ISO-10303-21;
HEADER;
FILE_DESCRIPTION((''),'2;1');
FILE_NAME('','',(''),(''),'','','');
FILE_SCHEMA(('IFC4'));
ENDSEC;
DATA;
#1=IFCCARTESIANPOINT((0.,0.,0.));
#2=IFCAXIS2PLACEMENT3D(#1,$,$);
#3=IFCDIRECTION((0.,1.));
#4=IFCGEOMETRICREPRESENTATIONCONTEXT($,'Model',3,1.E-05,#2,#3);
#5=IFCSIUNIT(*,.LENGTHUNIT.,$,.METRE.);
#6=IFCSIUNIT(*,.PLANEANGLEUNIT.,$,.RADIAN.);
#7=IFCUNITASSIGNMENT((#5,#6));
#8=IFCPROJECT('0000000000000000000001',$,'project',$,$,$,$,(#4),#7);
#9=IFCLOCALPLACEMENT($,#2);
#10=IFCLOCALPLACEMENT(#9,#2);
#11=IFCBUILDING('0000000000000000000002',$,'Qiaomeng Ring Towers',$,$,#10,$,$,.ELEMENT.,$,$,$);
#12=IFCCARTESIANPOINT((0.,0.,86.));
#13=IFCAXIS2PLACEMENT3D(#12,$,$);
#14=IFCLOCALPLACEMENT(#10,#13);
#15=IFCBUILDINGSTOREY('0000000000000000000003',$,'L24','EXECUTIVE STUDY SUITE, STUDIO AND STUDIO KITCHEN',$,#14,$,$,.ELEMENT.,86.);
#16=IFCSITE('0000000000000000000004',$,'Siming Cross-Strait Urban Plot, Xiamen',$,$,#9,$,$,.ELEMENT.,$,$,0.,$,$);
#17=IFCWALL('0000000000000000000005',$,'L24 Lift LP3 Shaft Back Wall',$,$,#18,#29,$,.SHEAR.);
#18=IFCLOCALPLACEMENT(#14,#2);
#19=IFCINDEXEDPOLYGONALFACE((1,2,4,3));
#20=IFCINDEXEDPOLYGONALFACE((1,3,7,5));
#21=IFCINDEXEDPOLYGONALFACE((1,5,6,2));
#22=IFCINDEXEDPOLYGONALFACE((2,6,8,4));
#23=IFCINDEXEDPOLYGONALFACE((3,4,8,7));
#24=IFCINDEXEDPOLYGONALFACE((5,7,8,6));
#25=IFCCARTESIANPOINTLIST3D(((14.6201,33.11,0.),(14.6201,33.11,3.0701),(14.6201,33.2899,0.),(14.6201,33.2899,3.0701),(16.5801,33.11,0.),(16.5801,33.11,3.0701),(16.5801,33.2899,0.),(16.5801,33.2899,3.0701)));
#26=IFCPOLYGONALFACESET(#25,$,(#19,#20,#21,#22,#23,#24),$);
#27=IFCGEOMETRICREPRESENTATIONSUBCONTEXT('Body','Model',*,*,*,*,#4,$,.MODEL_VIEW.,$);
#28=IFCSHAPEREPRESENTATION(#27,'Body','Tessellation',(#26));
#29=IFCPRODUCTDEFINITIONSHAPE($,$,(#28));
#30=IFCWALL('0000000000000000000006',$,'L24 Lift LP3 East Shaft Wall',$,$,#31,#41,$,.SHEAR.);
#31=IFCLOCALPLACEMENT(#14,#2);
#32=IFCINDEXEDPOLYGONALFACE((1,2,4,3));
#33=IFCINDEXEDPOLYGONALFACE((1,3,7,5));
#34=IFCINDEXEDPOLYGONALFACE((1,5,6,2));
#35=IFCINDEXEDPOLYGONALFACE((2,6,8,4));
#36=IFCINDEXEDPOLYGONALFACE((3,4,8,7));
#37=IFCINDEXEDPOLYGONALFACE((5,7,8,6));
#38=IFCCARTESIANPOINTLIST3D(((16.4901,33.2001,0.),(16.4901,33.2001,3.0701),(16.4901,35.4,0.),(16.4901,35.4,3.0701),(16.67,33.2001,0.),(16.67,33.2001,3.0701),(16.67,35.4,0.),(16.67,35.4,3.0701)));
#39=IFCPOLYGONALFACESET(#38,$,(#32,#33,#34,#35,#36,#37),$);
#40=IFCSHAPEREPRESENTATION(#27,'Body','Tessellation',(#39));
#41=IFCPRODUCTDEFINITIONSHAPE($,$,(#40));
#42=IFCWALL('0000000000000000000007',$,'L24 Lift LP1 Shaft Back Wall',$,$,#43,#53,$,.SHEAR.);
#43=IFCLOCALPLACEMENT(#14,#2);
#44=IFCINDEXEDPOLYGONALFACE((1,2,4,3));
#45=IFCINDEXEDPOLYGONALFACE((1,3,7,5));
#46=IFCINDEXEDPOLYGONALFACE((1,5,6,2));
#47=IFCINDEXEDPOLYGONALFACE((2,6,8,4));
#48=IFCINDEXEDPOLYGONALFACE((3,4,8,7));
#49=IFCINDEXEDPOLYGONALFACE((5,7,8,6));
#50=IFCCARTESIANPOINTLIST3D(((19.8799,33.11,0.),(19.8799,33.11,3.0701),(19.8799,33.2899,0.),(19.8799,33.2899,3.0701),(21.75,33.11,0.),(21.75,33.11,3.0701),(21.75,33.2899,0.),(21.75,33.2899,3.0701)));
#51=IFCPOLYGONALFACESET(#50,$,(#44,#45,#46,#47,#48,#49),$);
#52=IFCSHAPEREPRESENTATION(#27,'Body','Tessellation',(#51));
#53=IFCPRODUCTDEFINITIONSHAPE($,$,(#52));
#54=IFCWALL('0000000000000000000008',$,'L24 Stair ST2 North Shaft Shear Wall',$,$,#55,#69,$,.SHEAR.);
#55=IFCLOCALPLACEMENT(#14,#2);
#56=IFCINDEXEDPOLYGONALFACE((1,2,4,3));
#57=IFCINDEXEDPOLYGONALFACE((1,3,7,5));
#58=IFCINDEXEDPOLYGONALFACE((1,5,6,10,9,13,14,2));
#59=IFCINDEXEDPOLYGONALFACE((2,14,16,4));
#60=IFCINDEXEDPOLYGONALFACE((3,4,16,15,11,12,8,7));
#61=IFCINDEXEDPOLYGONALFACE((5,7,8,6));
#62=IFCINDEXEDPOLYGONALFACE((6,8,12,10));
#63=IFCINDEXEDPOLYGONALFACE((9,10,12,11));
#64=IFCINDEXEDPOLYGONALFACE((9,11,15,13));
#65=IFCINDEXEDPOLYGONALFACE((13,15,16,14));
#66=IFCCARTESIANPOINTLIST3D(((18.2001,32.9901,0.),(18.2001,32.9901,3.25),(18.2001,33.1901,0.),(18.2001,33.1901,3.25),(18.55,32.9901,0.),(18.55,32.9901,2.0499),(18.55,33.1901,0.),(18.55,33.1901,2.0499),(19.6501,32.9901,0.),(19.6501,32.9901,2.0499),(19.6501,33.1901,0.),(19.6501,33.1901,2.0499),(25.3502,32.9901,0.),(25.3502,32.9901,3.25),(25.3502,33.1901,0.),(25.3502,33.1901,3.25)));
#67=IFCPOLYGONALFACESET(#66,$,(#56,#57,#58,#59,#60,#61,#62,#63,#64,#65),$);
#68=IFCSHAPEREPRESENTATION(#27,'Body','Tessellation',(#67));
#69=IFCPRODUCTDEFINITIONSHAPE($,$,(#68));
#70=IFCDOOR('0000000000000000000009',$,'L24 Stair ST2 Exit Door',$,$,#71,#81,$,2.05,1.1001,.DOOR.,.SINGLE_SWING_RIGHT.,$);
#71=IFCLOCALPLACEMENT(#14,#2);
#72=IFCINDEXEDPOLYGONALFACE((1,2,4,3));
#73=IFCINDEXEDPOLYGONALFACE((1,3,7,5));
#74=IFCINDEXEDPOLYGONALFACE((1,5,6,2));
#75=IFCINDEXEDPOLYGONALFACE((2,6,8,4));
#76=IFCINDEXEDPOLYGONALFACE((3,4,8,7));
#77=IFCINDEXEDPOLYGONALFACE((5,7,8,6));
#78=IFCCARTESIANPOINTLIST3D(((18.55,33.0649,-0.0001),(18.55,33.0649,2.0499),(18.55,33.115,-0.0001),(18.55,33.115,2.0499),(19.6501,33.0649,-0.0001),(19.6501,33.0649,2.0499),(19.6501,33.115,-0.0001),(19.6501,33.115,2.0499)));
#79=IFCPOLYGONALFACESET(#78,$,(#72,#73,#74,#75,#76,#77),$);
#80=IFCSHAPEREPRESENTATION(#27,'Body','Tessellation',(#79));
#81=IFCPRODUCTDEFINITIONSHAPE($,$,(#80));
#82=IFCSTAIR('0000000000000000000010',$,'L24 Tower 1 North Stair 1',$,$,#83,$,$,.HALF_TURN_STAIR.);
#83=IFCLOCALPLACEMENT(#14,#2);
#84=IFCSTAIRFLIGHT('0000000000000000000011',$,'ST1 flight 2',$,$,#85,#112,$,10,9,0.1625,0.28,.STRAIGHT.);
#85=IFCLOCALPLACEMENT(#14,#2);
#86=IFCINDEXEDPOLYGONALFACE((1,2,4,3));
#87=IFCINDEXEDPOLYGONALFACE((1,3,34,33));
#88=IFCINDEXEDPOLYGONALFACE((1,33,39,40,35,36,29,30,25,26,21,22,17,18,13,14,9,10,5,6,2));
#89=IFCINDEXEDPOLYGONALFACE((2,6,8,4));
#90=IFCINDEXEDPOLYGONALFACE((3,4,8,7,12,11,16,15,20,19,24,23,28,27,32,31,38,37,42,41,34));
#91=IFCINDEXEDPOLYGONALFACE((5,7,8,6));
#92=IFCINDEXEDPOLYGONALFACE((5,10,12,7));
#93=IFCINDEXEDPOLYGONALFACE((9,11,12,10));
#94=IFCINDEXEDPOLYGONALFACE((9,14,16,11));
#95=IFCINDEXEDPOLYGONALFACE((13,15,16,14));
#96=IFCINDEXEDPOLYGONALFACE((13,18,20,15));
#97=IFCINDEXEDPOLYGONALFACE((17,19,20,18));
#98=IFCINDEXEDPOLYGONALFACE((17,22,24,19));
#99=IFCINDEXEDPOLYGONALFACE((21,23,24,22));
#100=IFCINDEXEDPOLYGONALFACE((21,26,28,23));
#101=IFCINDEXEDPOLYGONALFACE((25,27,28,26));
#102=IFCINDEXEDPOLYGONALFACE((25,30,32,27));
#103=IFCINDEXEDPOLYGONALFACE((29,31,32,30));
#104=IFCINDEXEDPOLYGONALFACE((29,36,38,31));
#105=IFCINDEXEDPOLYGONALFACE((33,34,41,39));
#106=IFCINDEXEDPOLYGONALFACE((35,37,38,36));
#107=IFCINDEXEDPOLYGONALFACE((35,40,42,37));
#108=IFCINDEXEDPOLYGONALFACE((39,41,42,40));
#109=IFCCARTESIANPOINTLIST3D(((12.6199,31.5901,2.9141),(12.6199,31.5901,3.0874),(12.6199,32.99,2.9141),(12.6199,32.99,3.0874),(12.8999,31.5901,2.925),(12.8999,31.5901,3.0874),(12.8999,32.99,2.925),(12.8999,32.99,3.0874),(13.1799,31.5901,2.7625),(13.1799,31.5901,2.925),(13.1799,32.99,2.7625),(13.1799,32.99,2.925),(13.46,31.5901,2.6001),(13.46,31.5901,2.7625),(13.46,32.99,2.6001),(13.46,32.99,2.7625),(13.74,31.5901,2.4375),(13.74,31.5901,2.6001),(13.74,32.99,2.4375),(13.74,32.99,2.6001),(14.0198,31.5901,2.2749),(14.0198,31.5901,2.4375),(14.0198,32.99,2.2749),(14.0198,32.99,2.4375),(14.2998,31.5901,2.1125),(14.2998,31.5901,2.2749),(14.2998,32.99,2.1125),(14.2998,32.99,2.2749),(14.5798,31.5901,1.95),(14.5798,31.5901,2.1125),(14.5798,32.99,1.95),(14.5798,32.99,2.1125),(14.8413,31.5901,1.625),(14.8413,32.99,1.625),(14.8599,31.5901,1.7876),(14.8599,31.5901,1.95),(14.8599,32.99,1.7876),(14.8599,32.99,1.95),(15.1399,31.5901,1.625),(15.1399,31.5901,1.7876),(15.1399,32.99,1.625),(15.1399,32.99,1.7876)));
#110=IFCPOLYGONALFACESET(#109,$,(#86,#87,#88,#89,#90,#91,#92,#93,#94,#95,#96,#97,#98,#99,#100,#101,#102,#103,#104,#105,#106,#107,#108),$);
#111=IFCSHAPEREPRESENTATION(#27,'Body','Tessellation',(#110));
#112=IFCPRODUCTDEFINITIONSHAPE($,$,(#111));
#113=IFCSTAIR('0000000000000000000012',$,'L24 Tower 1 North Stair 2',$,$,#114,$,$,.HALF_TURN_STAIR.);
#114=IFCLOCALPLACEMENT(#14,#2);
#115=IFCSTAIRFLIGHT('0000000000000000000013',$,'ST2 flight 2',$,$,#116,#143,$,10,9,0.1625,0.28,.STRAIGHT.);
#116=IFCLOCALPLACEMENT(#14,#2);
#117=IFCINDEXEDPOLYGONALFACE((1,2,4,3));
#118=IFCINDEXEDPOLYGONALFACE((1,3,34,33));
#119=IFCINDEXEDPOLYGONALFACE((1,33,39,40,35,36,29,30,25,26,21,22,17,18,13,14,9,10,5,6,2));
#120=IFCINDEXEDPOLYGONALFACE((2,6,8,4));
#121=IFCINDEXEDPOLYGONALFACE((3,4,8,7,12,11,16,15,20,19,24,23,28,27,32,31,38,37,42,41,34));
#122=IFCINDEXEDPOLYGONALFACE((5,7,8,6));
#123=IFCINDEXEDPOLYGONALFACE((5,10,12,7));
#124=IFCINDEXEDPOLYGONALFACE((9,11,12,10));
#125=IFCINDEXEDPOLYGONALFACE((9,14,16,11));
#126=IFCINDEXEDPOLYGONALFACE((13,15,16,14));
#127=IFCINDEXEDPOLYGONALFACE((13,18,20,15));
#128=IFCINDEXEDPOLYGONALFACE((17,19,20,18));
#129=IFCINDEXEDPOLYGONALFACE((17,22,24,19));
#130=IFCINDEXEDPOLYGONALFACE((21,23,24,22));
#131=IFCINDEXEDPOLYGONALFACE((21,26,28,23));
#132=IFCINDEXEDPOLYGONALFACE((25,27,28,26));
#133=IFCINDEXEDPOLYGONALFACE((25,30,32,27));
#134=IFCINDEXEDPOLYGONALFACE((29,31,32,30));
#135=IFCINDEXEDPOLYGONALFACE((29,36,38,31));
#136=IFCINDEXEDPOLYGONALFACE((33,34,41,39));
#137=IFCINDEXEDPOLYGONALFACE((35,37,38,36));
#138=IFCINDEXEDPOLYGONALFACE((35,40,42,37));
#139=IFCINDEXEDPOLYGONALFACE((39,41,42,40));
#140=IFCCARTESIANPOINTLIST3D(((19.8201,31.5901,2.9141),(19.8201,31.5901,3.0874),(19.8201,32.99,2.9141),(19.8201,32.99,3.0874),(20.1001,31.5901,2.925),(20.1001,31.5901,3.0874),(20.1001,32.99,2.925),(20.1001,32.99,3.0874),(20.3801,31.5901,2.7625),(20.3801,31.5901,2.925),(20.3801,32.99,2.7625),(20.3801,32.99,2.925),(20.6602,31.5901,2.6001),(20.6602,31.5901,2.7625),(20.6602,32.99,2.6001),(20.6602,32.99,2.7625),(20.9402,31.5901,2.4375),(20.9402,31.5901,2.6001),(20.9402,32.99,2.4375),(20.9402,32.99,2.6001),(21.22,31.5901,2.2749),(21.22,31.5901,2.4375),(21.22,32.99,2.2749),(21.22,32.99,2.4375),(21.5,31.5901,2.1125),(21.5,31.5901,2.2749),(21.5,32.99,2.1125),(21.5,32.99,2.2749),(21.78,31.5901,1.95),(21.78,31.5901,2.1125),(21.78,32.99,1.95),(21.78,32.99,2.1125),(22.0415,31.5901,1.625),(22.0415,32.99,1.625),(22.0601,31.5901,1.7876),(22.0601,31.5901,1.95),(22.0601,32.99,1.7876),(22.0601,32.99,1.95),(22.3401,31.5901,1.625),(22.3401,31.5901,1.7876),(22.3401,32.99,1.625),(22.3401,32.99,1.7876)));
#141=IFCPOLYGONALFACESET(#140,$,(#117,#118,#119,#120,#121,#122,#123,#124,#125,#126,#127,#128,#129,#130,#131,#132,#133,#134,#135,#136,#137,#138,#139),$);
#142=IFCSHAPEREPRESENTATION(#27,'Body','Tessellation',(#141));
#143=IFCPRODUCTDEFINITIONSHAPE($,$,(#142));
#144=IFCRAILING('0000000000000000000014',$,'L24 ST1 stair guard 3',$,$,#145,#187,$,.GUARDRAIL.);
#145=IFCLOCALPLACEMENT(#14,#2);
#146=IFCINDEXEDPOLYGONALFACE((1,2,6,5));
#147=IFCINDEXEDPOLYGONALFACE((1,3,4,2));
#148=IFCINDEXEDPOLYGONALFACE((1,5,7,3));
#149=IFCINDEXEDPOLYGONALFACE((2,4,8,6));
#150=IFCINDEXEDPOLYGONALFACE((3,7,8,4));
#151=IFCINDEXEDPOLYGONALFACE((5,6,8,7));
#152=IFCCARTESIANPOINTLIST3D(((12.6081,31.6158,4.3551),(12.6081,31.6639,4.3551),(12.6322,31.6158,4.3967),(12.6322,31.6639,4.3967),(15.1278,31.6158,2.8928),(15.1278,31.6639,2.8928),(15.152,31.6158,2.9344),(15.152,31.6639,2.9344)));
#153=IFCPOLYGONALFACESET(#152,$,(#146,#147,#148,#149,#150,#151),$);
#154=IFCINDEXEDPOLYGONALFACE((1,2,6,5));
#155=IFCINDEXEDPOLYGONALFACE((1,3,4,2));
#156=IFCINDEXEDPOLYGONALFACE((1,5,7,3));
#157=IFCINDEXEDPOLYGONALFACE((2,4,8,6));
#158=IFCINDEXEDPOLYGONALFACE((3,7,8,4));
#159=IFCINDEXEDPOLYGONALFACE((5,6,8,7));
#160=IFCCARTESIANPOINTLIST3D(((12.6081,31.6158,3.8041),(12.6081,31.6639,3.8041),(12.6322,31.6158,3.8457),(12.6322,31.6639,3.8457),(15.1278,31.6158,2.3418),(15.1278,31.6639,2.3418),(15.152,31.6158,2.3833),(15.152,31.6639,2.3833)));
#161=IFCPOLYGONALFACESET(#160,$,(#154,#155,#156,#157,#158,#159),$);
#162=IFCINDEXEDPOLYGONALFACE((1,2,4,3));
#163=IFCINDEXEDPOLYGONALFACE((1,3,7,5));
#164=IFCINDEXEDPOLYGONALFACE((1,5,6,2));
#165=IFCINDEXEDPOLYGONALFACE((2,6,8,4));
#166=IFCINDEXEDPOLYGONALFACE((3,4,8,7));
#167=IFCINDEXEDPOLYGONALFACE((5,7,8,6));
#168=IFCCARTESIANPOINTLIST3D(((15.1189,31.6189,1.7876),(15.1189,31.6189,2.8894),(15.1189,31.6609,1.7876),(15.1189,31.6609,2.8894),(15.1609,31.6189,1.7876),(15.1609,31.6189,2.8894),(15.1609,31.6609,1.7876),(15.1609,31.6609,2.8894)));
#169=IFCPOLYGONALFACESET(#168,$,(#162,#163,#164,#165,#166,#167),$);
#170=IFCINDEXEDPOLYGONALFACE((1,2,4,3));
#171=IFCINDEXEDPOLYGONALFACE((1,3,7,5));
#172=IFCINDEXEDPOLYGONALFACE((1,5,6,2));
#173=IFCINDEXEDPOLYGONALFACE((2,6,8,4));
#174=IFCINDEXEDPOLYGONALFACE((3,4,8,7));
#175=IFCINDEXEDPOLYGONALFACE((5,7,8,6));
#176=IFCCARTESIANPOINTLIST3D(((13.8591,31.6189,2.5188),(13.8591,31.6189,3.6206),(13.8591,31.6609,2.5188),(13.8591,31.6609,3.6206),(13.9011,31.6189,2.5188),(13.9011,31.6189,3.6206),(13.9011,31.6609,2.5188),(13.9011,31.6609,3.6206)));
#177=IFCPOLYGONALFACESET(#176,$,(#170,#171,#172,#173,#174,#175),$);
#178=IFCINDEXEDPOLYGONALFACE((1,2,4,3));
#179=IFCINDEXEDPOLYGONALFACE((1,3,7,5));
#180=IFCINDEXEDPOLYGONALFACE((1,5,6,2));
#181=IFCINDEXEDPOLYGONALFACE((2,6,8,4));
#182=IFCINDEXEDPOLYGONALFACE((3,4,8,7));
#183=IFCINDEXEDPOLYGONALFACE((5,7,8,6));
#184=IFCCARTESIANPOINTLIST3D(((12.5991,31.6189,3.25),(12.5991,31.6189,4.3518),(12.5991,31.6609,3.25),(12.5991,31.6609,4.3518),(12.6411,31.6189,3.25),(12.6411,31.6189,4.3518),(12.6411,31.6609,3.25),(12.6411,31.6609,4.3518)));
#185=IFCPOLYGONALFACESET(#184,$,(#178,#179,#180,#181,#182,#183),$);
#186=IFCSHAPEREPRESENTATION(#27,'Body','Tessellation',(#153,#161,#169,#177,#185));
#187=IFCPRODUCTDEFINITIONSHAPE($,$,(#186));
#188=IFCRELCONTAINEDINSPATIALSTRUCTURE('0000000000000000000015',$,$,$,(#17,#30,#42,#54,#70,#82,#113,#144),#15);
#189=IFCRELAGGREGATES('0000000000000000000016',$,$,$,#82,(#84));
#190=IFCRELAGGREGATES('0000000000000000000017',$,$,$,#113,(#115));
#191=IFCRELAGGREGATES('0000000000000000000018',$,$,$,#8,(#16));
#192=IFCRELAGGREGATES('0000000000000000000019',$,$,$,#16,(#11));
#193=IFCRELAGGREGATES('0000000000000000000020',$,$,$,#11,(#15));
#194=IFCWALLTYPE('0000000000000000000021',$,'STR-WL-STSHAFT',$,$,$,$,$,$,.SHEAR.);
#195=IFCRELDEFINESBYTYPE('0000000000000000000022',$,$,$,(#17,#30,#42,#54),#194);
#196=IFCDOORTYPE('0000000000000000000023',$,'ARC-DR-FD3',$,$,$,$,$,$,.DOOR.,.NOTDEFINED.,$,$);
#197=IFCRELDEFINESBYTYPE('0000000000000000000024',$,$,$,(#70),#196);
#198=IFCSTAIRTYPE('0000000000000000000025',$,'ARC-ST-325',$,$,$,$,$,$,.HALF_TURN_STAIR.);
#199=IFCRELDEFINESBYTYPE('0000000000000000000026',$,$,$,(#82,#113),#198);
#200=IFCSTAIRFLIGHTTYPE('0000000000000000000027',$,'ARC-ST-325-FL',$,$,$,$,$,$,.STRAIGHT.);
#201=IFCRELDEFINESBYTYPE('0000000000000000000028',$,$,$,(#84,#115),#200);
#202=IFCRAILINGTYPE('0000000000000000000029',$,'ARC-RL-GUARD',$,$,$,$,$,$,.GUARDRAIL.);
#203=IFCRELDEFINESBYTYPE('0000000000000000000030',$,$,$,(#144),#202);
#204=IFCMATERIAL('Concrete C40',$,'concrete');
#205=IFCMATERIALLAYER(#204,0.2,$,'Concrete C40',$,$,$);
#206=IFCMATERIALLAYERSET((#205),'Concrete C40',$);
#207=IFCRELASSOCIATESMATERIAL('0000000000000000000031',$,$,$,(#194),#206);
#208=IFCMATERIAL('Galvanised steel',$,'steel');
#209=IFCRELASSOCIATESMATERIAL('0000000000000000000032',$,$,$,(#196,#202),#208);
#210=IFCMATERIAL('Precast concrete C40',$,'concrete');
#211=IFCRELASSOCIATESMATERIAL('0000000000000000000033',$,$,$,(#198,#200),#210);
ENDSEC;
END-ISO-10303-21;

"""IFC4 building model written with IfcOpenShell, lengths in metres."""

from ifc_helpers import new_model, si_unit, direction, frame, frame_2d, origin, origin_2d, place, context, subcontext, project, spatial, polyline, rectangle, outline, extrude, source, transform, mapped, material, layer, layer_set, type_object, element, fill, aggregate, save


model = new_model("IFC4")

# Units and contexts
model_context = context("Model", 3, precision=1e-05, world=origin(), true_north=direction((0.0, 1.0)))
body_context = subcontext(model_context, "Body", "Model", "MODEL_VIEW")
ifc_project = project(units=[si_unit("LENGTHUNIT", "METRE"), si_unit("PLANEANGLEUNIT", "RADIAN")], contexts=[model_context])

# Site, building, storey
site_placement = place(None, origin())
site = spatial("IfcSite", under=ifc_project, at=site_placement, Name="Siming Cross-Strait Urban Plot, Xiamen", CompositionType="ELEMENT", RefElevation=0.0)
building_placement = place(site_placement, origin())
building = spatial("IfcBuilding", under=site, at=building_placement, Name="Qiaomeng Ring Towers", CompositionType="ELEMENT")
storey_placement = place(building_placement, frame((0.0, 0.0, 86.0)))
storey = spatial("IfcBuildingStorey", under=building, at=storey_placement, Name="L24", Description="EXECUTIVE STUDY SUITE, STUDIO AND STUDIO KITCHEN", CompositionType="ELEMENT", Elevation=86.0)

# Walls
ifc_material_1 = material(Name="Concrete C40", Category="concrete")
ifc_layer_1 = layer(ifc_material_1, 0.2, Name="Concrete C40")
ifc_layer_set_1 = layer_set([ifc_layer_1], Name="Concrete C40")
wall_type_1 = type_object("IfcWallType", Name="STR-WL-STSHAFT", PredefinedType="SHEAR", material=ifc_layer_set_1)
wall_1_placement = place(storey_placement, frame((14.6201, 33.2, 0.0), z_axis=(0.0, 0.0, 1.0), x_axis=(1.0, 0.0, 0.0)))
element("IfcWall", 1, at=wall_1_placement, inside=storey, type_object=wall_type_1, Name="L24 Lift LP3 Shaft Back Wall", PredefinedType="SHEAR", context=body_context, shape_type="SweptSolid", body=[
    extrude(rectangle(XDim=1.96, YDim=0.1799, at=frame_2d((0.98, 0.0))), origin(), (0.0, 0.0, 1.0), 3.0701),
])
wall_2_placement = place(storey_placement, frame((16.5801, 33.2, 0.0), z_axis=(0.0, 0.0, 1.0), x_axis=(0.0, 1.0, 0.0)))
element("IfcWall", 2, at=wall_2_placement, inside=storey, type_object=wall_type_1, Name="L24 Lift LP3 East Shaft Wall", PredefinedType="SHEAR", context=body_context, shape_type="SweptSolid", body=[
    extrude(rectangle(XDim=2.2, YDim=0.1799, at=frame_2d((1.1001, 0.0))), origin(), (0.0, 0.0, 1.0), 3.0701),
])
wall_3_placement = place(storey_placement, frame((19.8799, 33.2, 0.0), z_axis=(0.0, 0.0, 1.0), x_axis=(1.0, 0.0, 0.0)))
element("IfcWall", 3, at=wall_3_placement, inside=storey, type_object=wall_type_1, Name="L24 Lift LP1 Shaft Back Wall", PredefinedType="SHEAR", context=body_context, shape_type="SweptSolid", body=[
    extrude(rectangle(XDim=1.8701, YDim=0.1799, at=frame_2d((0.9351, 0.0))), origin(), (0.0, 0.0, 1.0), 3.0701),
])

# Wall, opening, door
wall_4_placement = place(storey_placement, frame((18.2, 33.0901, 0.0), z_axis=(0.0, 0.0, 1.0), x_axis=(1.0, 0.0, 0.0)))
wall_4 = element("IfcWall", 4, at=wall_4_placement, inside=storey, type_object=wall_type_1, Name="L24 Stair ST2 North Shaft Shear Wall", PredefinedType="SHEAR", context=body_context, shape_type="SweptSolid", body=[
    extrude(rectangle(XDim=7.1501, YDim=0.2, at=frame_2d((3.5752, 0.0))), origin(), (0.0, 0.0, 1.0), 3.25),
])
opening_placement = place(wall_4_placement, frame((0.3501, 0.0, 0.0)))
opening = element("IfcOpeningElement", 5, at=opening_placement, cuts=wall_4, PredefinedType="OPENING", context=body_context, shape_type="SweptSolid", body=[
    extrude(rectangle(XDim=1.1001, YDim=2.05, at=frame_2d((0.55, 1.0249))), frame((0.0, 0.1099, 0.0), z_axis=(0.0, -1.0, 0.0), x_axis=(1.0, 0.0, 0.0)), (0.0, 0.0, 1.0), 0.22),
])
ifc_material_2 = material(Name="Galvanised steel", Category="steel")
door_type = type_object("IfcDoorType", Name="ARC-DR-FD3", OperationType="NOTDEFINED", PredefinedType="DOOR", material=ifc_material_2)
shared_shape_1 = source(origin(), body_context, "Body", "SweptSolid", [
    extrude(rectangle(XDim=1.1001, YDim=2.05, at=frame_2d((0.55, 1.0249))), frame((0.0, 0.0249, 0.0), z_axis=(0.0, -1.0, 0.0), x_axis=(1.0, 0.0, 0.0)), (0.0, 0.0, 1.0), 0.05),
])
door_placement = place(opening_placement, origin())
door = element("IfcDoor", 6, at=door_placement, inside=storey, type_object=door_type, Name="L24 Stair ST2 Exit Door", OperationType="SINGLE_SWING_RIGHT", OverallHeight=2.05, OverallWidth=1.1001, PredefinedType="DOOR", context=body_context, shape_type="MappedRepresentation", body=[
    mapped(shared_shape_1, transform((0.0, 0.0, 0.0), x_axis=(1.0, 0.0, 0.0), y_axis=(0.0, 1.0, 0.0), z_axis=(0.0, 0.0, 1.0), scale=1.0)),
])
fill(opening, door)

# Stairs, stair flights
ifc_material_3 = material(Name="Precast concrete C40", Category="concrete")
stair_type = type_object("IfcStairType", Name="ARC-ST-325", PredefinedType="HALF_TURN_STAIR", material=ifc_material_3)
stair_1_placement = place(storey_placement, origin())
stair_1 = element("IfcStair", 7, at=stair_1_placement, inside=storey, type_object=stair_type, Name="L24 Tower 1 North Stair 1", PredefinedType="HALF_TURN_STAIR")
stair_flight_type = type_object("IfcStairFlightType", Name="ARC-ST-325-FL", PredefinedType="STRAIGHT", material=ifc_material_3)
shared_shape_2 = source(origin(), body_context, "Body", "SweptSolid", [
    extrude(outline(polyline([(0.0, 0.0), (0.0, 0.1626), (0.28, 0.1626), (0.28, 0.325), (0.5601, 0.325), (0.5601, 0.4875), (0.8401, 0.4875), (0.8401, 0.6499), (1.1201, 0.6499), (1.1201, 0.8125), (1.3999, 0.8125), (1.3999, 0.9751), (1.6799, 0.9751), (1.6799, 1.1375), (1.96, 1.1375), (1.96, 1.3), (2.24, 1.3), (2.24, 1.4624), (2.52, 1.4624), (2.52, 1.625), (2.52, 1.2891), (0.2986, 0.0), (0.0, 0.0)])), frame((0.0, 0.7, 0.0), z_axis=(0.0, -1.0, 0.0), x_axis=(1.0, 0.0, 0.0)), (0.0, 0.0, 1.0), 1.3999),
])
stair_flight_1_placement = place(storey_placement, frame((15.1399, 32.29, 1.625), z_axis=(0.0, 0.0, 1.0), x_axis=(-1.0, 0.0, 0.0)))
stair_flight_1 = element("IfcStairFlight", 8, at=stair_flight_1_placement, type_object=stair_flight_type, Name="ST1 flight 2", NumberOfRisers=10, NumberOfTreads=9, PredefinedType="STRAIGHT", RiserHeight=0.1625, TreadLength=0.28, context=body_context, shape_type="MappedRepresentation", body=[
    mapped(shared_shape_2, transform((0.0, 0.0, 0.0), x_axis=(1.0, 0.0, 0.0), y_axis=(0.0, 1.0, 0.0), z_axis=(0.0, 0.0, 1.0), scale=1.0)),
])
aggregate(stair_1, [stair_flight_1])
stair_2_placement = place(storey_placement, origin())
stair_2 = element("IfcStair", 9, at=stair_2_placement, inside=storey, type_object=stair_type, Name="L24 Tower 1 North Stair 2", PredefinedType="HALF_TURN_STAIR")
stair_flight_2_placement = place(storey_placement, frame((22.3401, 32.29, 1.625), z_axis=(0.0, 0.0, 1.0), x_axis=(-1.0, 0.0, 0.0)))
stair_flight_2 = element("IfcStairFlight", 10, at=stair_flight_2_placement, type_object=stair_flight_type, Name="ST2 flight 2", NumberOfRisers=10, NumberOfTreads=9, PredefinedType="STRAIGHT", RiserHeight=0.1625, TreadLength=0.28, context=body_context, shape_type="MappedRepresentation", body=[
    mapped(shared_shape_2, transform((0.0, 0.0, 0.0), x_axis=(1.0, 0.0, 0.0), y_axis=(0.0, 1.0, 0.0), z_axis=(0.0, 0.0, 1.0), scale=1.0)),
])
aggregate(stair_2, [stair_flight_2])

# Railing
railing_type_1 = type_object("IfcRailingType", Name="ARC-RL-GUARD", PredefinedType="GUARDRAIL", material=ifc_material_2)
railing_1_placement = place(storey_placement, frame((15.1399, 31.6399, 1.7876)))
element("IfcRailing", 11, at=railing_1_placement, inside=storey, type_object=railing_type_1, Name="L24 ST1 stair guard 3", PredefinedType="GUARDRAIL", context=body_context, shape_type="SweptSolid", body=[
    extrude(rectangle(XDim=0.0481, YDim=0.0481, at=origin_2d()), frame((0.0, 0.0, 1.126), z_axis=(-0.864892, 0.0, 0.501958), x_axis=(0.0, -1.0, 0.0)), (0.0, 0.0, 1.0), 2.9133),
    extrude(rectangle(XDim=0.0481, YDim=0.0481, at=origin_2d()), frame((0.0, 0.0, 0.575), z_axis=(-0.864892, 0.0, 0.501958), x_axis=(0.0, -1.0, 0.0)), (0.0, 0.0, 1.0), 2.9133),
    extrude(rectangle(XDim=0.042, YDim=0.042, at=origin_2d()), origin(), (0.0, 0.0, 1.0), 1.1018),
    extrude(rectangle(XDim=0.042, YDim=0.042, at=origin_2d()), frame((-1.2598, 0.0, 0.7312)), (0.0, 0.0, 1.0), 1.1018),
    extrude(rectangle(XDim=0.042, YDim=0.042, at=origin_2d()), frame((-2.5198, 0.0, 1.4624)), (0.0, 0.0, 1.0), 1.1018),
])

save(model, "model.ifc")
